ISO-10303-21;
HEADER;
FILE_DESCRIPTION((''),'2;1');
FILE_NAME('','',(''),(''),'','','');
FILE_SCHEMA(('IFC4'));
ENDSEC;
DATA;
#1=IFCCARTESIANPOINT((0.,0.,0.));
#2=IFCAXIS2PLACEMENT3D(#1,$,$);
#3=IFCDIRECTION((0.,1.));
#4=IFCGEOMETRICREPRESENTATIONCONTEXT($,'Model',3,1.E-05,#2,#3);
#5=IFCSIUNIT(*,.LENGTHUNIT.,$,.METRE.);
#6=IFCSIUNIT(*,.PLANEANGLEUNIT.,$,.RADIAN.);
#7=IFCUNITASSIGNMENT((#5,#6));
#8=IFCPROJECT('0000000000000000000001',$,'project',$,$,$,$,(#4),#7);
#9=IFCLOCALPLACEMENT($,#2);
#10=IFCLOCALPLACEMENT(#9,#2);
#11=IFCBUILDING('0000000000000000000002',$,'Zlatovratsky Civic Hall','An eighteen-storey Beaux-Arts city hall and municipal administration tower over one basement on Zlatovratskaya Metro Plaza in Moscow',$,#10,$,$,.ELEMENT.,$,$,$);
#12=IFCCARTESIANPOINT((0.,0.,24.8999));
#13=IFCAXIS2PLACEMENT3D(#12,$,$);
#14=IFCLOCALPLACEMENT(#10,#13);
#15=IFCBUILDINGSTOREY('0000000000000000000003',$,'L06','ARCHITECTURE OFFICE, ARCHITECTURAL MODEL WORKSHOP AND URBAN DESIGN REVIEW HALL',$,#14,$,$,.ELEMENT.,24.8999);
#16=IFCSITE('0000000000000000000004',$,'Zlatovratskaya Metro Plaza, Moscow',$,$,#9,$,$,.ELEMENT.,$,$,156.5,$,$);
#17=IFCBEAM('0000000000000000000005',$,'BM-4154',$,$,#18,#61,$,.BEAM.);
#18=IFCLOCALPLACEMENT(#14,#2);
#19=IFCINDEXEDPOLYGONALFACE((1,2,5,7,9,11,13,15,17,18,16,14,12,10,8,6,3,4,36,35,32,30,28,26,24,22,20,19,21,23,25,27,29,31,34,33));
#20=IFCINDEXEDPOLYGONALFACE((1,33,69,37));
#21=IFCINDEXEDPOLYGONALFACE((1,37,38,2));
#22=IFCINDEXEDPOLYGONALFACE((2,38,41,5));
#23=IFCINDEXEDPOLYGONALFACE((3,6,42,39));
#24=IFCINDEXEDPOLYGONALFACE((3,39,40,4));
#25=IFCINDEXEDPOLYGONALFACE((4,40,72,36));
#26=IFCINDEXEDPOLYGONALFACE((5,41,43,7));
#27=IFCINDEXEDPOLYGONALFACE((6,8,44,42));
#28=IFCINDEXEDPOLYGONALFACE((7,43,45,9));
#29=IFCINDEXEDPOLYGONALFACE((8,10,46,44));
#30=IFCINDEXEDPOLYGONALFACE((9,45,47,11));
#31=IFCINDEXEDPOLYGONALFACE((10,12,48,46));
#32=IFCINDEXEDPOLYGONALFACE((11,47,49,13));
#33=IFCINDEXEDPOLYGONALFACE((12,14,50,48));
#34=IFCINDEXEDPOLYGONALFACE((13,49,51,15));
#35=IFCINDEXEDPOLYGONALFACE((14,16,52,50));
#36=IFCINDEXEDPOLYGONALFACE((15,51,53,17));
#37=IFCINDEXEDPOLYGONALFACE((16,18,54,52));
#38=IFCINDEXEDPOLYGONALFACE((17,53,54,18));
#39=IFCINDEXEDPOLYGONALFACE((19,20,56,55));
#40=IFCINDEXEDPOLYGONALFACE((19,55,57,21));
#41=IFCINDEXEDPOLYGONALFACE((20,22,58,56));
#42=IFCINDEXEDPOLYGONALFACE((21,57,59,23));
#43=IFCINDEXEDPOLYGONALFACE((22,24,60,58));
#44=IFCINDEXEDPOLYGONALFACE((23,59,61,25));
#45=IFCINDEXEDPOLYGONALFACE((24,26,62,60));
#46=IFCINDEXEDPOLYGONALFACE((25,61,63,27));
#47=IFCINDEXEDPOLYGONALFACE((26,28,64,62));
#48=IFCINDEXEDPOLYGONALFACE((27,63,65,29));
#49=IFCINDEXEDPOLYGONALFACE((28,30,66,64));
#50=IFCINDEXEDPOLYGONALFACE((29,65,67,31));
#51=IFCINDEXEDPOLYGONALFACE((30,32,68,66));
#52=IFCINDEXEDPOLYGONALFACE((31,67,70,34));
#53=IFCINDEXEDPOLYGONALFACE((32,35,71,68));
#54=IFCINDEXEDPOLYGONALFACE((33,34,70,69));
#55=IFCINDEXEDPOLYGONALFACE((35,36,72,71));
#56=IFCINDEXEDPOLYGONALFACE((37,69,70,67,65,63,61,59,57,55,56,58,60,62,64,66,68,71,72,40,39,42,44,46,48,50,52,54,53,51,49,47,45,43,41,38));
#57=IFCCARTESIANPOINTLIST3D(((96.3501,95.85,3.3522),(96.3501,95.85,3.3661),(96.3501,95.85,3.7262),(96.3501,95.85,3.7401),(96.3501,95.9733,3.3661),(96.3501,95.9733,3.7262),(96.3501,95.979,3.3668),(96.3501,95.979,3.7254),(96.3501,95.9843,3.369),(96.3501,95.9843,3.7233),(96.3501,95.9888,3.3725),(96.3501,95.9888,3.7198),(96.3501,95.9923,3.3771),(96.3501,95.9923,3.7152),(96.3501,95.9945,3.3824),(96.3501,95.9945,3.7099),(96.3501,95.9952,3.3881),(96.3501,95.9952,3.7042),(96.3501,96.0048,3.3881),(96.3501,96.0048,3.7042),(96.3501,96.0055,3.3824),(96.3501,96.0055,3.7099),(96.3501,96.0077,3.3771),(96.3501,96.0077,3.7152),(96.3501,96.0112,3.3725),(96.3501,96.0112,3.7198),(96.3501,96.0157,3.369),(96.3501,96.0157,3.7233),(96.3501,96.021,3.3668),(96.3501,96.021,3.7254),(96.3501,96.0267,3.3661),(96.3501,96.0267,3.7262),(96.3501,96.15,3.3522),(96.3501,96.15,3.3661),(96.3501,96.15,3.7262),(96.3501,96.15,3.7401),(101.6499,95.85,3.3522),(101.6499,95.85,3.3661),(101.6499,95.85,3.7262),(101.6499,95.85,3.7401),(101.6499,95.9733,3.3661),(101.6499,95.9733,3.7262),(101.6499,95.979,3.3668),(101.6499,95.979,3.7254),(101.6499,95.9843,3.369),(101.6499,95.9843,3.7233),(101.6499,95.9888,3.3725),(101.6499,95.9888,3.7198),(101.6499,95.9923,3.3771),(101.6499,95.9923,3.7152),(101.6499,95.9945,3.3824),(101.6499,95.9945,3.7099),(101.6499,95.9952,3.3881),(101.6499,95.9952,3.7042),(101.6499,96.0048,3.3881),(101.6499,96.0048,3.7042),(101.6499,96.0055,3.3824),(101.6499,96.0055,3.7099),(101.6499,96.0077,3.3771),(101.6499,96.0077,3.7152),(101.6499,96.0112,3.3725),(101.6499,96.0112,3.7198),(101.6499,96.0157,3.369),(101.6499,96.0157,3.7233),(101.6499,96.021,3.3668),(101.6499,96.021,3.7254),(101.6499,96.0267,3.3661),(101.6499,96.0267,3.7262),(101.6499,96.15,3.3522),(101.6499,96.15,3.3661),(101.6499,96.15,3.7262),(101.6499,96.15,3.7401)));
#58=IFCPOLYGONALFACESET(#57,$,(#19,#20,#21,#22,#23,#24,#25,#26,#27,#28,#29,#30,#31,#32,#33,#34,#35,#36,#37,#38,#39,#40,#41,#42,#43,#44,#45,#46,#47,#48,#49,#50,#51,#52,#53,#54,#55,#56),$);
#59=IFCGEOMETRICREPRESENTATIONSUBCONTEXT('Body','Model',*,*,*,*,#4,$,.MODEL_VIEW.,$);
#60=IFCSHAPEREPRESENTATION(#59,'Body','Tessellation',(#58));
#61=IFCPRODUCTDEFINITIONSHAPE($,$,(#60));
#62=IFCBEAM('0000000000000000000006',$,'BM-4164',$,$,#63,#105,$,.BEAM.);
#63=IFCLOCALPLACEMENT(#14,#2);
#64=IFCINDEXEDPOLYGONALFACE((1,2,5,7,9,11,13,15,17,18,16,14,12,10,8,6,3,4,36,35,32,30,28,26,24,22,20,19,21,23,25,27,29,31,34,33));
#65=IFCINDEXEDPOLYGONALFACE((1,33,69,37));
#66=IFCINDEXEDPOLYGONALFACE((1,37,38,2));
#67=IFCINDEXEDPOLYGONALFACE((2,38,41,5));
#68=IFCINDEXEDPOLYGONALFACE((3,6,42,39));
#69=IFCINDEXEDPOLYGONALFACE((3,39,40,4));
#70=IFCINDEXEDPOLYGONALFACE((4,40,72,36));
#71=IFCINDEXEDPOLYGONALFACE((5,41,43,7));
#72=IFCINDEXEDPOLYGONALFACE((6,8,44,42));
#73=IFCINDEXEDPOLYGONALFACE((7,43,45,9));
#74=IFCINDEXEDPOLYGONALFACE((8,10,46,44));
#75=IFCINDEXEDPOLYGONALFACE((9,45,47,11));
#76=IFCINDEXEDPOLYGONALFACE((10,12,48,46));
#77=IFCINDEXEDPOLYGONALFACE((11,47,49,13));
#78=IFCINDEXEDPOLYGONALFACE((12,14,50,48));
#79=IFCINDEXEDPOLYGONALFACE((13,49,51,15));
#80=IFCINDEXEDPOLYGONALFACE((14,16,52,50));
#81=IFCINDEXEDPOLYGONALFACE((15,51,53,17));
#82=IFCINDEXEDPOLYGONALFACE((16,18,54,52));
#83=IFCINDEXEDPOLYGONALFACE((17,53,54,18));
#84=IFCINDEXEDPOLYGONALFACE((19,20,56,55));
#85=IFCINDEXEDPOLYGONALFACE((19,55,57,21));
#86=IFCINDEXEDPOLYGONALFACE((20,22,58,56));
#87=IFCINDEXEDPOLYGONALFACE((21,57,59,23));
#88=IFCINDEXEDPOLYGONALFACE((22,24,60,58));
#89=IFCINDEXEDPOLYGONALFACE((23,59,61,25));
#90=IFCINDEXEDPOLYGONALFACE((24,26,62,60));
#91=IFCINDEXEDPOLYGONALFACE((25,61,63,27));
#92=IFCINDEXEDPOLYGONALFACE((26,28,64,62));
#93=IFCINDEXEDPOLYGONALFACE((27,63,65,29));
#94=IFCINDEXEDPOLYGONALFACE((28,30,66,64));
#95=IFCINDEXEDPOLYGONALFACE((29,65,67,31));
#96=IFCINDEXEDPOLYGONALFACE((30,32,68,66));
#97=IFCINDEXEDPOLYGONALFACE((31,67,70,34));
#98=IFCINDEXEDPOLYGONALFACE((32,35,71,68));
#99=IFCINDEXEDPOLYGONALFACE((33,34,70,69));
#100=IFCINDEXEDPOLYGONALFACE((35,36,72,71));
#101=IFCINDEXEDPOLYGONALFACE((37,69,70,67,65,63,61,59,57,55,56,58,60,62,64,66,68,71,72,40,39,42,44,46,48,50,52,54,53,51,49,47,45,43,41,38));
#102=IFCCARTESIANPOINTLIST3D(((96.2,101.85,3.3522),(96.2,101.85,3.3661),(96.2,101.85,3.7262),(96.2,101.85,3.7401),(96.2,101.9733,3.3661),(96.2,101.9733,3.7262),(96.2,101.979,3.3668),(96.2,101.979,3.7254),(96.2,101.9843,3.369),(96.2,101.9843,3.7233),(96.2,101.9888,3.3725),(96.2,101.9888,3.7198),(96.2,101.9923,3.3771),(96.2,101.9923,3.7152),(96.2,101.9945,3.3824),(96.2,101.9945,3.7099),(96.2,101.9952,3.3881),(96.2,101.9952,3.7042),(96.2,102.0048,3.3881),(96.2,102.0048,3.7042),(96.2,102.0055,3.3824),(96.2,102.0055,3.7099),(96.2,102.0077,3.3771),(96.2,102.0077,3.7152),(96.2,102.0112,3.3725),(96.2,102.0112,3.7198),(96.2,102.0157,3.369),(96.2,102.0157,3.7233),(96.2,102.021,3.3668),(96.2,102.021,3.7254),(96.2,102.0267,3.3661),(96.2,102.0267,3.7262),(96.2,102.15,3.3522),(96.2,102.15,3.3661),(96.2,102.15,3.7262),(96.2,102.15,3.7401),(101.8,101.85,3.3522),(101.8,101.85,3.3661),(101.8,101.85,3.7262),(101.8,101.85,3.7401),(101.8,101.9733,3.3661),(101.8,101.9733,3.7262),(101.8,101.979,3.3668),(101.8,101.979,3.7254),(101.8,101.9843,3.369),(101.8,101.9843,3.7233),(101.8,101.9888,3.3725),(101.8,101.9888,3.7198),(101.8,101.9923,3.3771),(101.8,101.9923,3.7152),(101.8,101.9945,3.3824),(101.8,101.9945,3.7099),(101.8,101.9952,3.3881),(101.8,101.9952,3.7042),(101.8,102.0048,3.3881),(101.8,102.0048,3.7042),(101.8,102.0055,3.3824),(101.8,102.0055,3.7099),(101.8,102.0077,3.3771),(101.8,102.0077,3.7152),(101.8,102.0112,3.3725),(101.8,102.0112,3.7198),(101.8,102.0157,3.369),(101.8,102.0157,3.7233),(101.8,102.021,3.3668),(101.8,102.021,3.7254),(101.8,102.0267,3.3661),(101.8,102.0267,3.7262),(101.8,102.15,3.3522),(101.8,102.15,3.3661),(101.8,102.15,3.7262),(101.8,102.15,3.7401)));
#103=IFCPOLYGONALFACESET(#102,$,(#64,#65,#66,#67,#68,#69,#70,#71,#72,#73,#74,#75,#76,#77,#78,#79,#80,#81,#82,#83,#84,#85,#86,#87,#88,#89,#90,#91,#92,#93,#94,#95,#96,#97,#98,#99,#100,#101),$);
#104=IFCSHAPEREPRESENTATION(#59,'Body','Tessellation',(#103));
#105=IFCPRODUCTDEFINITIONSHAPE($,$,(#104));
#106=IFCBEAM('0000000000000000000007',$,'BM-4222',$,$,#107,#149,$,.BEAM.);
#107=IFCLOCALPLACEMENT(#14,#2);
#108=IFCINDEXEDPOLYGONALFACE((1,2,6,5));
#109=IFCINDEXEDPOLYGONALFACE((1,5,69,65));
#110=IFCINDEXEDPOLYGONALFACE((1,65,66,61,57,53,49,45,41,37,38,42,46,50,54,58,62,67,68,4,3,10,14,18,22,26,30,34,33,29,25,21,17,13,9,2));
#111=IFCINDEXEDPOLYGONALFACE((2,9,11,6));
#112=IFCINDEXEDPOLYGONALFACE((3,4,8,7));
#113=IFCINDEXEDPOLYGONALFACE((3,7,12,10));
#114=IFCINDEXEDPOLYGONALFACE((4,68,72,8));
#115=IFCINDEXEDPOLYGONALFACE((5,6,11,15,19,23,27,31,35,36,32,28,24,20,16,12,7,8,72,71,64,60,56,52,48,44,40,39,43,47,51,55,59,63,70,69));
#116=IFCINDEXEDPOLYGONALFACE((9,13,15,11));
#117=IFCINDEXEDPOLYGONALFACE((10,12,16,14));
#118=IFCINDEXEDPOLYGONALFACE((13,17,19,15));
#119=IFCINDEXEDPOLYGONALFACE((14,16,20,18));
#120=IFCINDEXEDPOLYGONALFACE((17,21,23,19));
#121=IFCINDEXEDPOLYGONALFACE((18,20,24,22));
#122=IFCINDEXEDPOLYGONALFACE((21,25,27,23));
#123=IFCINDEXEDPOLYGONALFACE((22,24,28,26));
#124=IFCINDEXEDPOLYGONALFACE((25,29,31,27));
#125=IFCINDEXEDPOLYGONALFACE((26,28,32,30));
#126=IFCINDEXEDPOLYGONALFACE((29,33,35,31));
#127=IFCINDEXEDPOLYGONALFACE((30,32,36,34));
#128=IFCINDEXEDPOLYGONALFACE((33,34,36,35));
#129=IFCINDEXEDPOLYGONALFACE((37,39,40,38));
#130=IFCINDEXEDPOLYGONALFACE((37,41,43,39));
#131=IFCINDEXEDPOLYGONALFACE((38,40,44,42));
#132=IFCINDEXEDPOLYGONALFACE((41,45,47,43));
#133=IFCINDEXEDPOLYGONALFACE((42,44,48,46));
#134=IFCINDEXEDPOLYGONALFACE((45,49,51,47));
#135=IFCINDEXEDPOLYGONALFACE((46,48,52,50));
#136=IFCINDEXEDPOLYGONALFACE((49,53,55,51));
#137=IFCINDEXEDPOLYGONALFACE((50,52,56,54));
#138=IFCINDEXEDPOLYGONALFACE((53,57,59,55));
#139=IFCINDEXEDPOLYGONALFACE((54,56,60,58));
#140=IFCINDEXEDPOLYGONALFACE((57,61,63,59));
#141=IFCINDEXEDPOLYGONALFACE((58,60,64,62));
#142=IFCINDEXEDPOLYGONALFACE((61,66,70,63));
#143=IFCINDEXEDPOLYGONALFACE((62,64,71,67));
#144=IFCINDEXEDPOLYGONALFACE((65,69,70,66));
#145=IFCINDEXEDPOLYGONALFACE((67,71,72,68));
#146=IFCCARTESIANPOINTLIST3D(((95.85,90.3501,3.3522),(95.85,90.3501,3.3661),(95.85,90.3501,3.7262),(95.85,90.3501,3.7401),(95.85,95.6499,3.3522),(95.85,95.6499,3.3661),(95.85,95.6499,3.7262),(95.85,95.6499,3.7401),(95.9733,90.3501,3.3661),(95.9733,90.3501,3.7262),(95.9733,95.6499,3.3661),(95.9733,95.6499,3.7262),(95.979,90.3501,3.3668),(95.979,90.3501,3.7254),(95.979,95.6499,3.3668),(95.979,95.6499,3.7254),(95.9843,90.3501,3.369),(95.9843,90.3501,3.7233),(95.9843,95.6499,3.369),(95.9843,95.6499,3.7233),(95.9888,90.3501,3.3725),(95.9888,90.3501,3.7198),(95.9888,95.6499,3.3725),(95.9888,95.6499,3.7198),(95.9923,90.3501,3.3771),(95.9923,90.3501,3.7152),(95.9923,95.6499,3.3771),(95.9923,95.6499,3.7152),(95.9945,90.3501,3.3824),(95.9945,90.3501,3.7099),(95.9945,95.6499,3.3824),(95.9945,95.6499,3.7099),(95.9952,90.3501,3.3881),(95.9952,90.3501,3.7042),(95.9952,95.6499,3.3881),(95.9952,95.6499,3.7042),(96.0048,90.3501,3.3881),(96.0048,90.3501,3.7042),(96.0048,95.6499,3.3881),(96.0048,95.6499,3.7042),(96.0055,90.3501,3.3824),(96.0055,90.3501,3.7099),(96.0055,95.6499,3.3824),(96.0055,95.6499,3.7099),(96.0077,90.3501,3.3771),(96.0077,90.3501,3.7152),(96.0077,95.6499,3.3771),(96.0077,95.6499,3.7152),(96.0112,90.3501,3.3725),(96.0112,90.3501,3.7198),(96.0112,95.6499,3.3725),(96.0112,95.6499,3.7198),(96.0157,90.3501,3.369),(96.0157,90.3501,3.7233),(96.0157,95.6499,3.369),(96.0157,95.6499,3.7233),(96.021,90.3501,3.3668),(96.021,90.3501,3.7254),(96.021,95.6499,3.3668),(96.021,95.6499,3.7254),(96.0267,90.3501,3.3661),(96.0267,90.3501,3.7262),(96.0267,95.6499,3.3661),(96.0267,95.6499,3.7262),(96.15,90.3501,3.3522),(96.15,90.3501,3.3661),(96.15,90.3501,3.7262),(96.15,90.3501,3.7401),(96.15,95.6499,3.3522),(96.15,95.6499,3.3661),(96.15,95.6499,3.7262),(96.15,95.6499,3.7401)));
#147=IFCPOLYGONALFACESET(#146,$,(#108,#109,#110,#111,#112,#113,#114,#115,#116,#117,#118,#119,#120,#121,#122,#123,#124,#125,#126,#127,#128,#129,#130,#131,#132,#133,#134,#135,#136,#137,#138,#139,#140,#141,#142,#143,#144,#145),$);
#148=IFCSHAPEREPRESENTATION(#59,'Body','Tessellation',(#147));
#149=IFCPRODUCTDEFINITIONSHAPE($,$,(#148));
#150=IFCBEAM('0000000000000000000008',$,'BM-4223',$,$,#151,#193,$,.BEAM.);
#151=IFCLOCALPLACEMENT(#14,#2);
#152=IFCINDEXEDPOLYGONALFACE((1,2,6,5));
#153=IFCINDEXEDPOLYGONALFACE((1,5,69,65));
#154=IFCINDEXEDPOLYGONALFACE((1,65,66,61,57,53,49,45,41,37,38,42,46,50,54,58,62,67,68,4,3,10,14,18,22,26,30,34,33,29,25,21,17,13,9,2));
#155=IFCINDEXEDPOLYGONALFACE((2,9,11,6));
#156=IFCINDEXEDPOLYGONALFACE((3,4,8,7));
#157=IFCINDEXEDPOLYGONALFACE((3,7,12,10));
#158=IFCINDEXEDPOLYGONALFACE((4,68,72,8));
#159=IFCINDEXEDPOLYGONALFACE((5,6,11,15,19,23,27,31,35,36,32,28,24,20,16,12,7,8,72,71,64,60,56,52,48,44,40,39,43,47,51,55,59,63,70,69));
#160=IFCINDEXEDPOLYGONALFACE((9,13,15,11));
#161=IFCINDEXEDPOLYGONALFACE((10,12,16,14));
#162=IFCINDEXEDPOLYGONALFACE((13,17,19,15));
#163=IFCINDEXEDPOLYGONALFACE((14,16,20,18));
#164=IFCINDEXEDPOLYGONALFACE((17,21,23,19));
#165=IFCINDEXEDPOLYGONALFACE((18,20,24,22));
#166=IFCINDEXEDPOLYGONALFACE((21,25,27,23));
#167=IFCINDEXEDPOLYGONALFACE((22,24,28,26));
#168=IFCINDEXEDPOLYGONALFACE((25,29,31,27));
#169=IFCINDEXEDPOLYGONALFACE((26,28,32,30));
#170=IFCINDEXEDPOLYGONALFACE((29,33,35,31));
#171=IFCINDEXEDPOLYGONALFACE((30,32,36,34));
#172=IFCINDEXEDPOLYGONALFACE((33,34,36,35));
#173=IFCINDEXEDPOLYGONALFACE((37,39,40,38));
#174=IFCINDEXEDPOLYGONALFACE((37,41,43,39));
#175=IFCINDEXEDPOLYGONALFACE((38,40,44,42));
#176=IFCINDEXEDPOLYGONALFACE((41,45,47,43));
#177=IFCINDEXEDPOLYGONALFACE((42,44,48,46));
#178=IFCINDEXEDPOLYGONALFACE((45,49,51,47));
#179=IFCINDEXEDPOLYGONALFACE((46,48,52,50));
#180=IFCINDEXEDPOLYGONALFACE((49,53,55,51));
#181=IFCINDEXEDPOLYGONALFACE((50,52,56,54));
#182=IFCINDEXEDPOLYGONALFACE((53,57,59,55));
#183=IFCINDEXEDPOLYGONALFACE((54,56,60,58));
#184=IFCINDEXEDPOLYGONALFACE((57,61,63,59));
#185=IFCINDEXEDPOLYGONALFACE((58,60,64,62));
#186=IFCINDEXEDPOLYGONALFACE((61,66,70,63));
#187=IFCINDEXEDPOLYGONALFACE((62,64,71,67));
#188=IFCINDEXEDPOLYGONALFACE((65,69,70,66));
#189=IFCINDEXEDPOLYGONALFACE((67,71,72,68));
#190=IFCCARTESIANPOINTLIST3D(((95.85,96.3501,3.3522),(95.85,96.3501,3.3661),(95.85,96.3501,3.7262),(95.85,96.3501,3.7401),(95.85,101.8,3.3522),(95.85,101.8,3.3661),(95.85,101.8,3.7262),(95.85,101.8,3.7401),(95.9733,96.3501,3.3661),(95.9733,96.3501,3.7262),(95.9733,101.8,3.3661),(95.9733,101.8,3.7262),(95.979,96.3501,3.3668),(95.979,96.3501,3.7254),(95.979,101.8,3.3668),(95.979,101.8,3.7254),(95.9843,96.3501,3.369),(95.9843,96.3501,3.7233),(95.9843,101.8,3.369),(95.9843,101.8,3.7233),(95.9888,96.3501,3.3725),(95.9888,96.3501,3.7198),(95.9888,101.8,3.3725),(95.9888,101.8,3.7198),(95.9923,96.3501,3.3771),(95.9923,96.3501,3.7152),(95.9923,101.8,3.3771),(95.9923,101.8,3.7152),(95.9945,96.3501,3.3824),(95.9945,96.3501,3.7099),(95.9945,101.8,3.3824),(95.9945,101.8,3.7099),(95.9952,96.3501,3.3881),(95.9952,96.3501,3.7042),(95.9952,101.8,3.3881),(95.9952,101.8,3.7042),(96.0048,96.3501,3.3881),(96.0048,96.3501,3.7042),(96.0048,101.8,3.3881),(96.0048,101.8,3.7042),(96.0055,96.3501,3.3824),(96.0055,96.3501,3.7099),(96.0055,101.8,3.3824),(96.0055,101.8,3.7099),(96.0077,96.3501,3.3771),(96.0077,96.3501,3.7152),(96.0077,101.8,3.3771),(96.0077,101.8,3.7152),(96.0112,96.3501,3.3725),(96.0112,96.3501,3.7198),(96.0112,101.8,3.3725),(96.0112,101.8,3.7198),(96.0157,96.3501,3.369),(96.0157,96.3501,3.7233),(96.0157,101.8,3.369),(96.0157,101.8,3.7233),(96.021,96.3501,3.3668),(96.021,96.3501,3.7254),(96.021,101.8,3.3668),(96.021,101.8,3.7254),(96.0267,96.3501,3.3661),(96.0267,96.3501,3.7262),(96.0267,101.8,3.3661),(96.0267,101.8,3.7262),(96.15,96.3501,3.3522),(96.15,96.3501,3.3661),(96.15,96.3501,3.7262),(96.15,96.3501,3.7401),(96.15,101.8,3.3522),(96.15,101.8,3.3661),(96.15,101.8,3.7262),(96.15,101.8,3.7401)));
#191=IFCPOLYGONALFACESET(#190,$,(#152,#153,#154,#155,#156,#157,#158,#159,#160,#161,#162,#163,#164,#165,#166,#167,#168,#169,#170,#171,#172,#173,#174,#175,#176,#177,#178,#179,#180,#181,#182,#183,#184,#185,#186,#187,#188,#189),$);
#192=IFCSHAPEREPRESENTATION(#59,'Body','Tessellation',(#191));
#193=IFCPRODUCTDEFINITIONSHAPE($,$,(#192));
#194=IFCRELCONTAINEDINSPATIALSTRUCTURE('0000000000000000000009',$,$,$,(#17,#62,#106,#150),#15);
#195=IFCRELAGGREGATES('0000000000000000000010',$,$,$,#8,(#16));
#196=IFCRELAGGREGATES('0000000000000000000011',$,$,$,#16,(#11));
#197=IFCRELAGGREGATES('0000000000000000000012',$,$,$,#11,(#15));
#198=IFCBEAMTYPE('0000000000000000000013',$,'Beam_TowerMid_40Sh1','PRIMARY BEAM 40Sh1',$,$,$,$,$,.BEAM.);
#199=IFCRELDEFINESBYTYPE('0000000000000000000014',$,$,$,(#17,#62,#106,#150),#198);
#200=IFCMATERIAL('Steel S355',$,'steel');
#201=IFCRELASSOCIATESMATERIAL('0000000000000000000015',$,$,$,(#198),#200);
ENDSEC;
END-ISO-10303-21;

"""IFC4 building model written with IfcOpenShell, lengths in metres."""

from ifc_helpers import new_model, si_unit, direction, frame, origin, origin_2d, place, context, subcontext, project, spatial, i_section, extrude, material, material_profile, profile_set, type_object, element, save


model = new_model("IFC4")

# Units and contexts
model_context = context("Model", 3, precision=1e-05, world=origin(), true_north=direction((0.0, 1.0)))
body_context = subcontext(model_context, "Body", "Model", "MODEL_VIEW")
ifc_project = project(units=[si_unit("LENGTHUNIT", "METRE"), si_unit("PLANEANGLEUNIT", "RADIAN")], contexts=[model_context])

# Site, building, storey
site_placement = place(None, origin())
site = spatial("IfcSite", under=ifc_project, at=site_placement, Name="Zlatovratskaya Metro Plaza, Moscow", CompositionType="ELEMENT", RefElevation=156.5)
building_placement = place(site_placement, origin())
building = spatial("IfcBuilding", under=site, at=building_placement, Name="Zlatovratsky Civic Hall", Description="An eighteen-storey Beaux-Arts city hall and municipal administration tower over one basement on Zlatovratskaya Metro Plaza in Moscow", CompositionType="ELEMENT")
storey_placement = place(building_placement, frame((0.0, 0.0, 24.8999)))
storey = spatial("IfcBuildingStorey", under=building, at=storey_placement, Name="L06", Description="ARCHITECTURE OFFICE, ARCHITECTURAL MODEL WORKSHOP AND URBAN DESIGN REVIEW HALL", CompositionType="ELEMENT", Elevation=24.8999)

# Shared definitions
ifc_material_1 = material(Name="Steel S355", Category="steel")

# Beams
ifc_material_profile_1 = material_profile(ifc_material_1, i_section(OverallWidth=0.3, OverallDepth=0.3879, WebThickness=0.0095, FlangeThickness=0.0139, FilletRadius=0.022, at=origin_2d()), Name="40Sh1")
ifc_profile_set_1 = profile_set([ifc_material_profile_1], Name="Steel S355")
beam_type_1 = type_object("IfcBeamType", Name="Beam_TowerMid_40Sh1", Description="PRIMARY BEAM 40Sh1", PredefinedType="BEAM", material=ifc_profile_set_1)
beam_1_placement = place(storey_placement, frame((96.3501, 96.0, 3.5461), z_axis=(1.0, 0.0, 0.0), x_axis=(0.0, 1.0, 0.0)))
element("IfcBeam", 1, at=beam_1_placement, inside=storey, type_object=beam_type_1, Name="BM-4154", PredefinedType="BEAM", context=body_context, shape_type="SweptSolid", body=[
    extrude(i_section(OverallWidth=0.3, OverallDepth=0.3879, WebThickness=0.0095, FlangeThickness=0.0139, FilletRadius=0.022, at=origin_2d()), origin(), (0.0, 0.0, 1.0), 5.2998),
])
beam_2_placement = place(storey_placement, frame((96.2, 102.0, 3.5461), z_axis=(1.0, 0.0, 0.0), x_axis=(0.0, 1.0, 0.0)))
element("IfcBeam", 2, at=beam_2_placement, inside=storey, type_object=beam_type_1, Name="BM-4164", PredefinedType="BEAM", context=body_context, shape_type="SweptSolid", body=[
    extrude(i_section(OverallWidth=0.3, OverallDepth=0.3879, WebThickness=0.0095, FlangeThickness=0.0139, FilletRadius=0.022, at=origin_2d()), origin(), (0.0, 0.0, 1.0), 5.6001),
])
beam_3_placement = place(storey_placement, frame((96.0, 90.3501, 3.5461), z_axis=(0.0, 1.0, 0.0), x_axis=(-1.0, 0.0, 0.0)))
element("IfcBeam", 3, at=beam_3_placement, inside=storey, type_object=beam_type_1, Name="BM-4222", PredefinedType="BEAM", context=body_context, shape_type="SweptSolid", body=[
    extrude(i_section(OverallWidth=0.3, OverallDepth=0.3879, WebThickness=0.0095, FlangeThickness=0.0139, FilletRadius=0.022, at=origin_2d()), origin(), (0.0, 0.0, 1.0), 5.2998),
])
for number, where, z_axis, x_axis, name in (
    (4, (96.0, 96.3501, 3.5461), (0.0, 1.0, 0.0), (-1.0, 0.0, 0.0), "BM-4223"),
):
    element("IfcBeam", number, at=place(storey_placement, frame(where, z_axis=z_axis, x_axis=x_axis)), inside=storey, type_object=beam_type_1, Name=name, PredefinedType="BEAM", context=body_context, shape_type="SweptSolid", body=[
        extrude(i_section(OverallWidth=0.3, OverallDepth=0.3879, WebThickness=0.0095, FlangeThickness=0.0139, FilletRadius=0.022, at=origin_2d()), origin(), (0.0, 0.0, 1.0), 5.45),
    ])

save(model, "model.ifc")
